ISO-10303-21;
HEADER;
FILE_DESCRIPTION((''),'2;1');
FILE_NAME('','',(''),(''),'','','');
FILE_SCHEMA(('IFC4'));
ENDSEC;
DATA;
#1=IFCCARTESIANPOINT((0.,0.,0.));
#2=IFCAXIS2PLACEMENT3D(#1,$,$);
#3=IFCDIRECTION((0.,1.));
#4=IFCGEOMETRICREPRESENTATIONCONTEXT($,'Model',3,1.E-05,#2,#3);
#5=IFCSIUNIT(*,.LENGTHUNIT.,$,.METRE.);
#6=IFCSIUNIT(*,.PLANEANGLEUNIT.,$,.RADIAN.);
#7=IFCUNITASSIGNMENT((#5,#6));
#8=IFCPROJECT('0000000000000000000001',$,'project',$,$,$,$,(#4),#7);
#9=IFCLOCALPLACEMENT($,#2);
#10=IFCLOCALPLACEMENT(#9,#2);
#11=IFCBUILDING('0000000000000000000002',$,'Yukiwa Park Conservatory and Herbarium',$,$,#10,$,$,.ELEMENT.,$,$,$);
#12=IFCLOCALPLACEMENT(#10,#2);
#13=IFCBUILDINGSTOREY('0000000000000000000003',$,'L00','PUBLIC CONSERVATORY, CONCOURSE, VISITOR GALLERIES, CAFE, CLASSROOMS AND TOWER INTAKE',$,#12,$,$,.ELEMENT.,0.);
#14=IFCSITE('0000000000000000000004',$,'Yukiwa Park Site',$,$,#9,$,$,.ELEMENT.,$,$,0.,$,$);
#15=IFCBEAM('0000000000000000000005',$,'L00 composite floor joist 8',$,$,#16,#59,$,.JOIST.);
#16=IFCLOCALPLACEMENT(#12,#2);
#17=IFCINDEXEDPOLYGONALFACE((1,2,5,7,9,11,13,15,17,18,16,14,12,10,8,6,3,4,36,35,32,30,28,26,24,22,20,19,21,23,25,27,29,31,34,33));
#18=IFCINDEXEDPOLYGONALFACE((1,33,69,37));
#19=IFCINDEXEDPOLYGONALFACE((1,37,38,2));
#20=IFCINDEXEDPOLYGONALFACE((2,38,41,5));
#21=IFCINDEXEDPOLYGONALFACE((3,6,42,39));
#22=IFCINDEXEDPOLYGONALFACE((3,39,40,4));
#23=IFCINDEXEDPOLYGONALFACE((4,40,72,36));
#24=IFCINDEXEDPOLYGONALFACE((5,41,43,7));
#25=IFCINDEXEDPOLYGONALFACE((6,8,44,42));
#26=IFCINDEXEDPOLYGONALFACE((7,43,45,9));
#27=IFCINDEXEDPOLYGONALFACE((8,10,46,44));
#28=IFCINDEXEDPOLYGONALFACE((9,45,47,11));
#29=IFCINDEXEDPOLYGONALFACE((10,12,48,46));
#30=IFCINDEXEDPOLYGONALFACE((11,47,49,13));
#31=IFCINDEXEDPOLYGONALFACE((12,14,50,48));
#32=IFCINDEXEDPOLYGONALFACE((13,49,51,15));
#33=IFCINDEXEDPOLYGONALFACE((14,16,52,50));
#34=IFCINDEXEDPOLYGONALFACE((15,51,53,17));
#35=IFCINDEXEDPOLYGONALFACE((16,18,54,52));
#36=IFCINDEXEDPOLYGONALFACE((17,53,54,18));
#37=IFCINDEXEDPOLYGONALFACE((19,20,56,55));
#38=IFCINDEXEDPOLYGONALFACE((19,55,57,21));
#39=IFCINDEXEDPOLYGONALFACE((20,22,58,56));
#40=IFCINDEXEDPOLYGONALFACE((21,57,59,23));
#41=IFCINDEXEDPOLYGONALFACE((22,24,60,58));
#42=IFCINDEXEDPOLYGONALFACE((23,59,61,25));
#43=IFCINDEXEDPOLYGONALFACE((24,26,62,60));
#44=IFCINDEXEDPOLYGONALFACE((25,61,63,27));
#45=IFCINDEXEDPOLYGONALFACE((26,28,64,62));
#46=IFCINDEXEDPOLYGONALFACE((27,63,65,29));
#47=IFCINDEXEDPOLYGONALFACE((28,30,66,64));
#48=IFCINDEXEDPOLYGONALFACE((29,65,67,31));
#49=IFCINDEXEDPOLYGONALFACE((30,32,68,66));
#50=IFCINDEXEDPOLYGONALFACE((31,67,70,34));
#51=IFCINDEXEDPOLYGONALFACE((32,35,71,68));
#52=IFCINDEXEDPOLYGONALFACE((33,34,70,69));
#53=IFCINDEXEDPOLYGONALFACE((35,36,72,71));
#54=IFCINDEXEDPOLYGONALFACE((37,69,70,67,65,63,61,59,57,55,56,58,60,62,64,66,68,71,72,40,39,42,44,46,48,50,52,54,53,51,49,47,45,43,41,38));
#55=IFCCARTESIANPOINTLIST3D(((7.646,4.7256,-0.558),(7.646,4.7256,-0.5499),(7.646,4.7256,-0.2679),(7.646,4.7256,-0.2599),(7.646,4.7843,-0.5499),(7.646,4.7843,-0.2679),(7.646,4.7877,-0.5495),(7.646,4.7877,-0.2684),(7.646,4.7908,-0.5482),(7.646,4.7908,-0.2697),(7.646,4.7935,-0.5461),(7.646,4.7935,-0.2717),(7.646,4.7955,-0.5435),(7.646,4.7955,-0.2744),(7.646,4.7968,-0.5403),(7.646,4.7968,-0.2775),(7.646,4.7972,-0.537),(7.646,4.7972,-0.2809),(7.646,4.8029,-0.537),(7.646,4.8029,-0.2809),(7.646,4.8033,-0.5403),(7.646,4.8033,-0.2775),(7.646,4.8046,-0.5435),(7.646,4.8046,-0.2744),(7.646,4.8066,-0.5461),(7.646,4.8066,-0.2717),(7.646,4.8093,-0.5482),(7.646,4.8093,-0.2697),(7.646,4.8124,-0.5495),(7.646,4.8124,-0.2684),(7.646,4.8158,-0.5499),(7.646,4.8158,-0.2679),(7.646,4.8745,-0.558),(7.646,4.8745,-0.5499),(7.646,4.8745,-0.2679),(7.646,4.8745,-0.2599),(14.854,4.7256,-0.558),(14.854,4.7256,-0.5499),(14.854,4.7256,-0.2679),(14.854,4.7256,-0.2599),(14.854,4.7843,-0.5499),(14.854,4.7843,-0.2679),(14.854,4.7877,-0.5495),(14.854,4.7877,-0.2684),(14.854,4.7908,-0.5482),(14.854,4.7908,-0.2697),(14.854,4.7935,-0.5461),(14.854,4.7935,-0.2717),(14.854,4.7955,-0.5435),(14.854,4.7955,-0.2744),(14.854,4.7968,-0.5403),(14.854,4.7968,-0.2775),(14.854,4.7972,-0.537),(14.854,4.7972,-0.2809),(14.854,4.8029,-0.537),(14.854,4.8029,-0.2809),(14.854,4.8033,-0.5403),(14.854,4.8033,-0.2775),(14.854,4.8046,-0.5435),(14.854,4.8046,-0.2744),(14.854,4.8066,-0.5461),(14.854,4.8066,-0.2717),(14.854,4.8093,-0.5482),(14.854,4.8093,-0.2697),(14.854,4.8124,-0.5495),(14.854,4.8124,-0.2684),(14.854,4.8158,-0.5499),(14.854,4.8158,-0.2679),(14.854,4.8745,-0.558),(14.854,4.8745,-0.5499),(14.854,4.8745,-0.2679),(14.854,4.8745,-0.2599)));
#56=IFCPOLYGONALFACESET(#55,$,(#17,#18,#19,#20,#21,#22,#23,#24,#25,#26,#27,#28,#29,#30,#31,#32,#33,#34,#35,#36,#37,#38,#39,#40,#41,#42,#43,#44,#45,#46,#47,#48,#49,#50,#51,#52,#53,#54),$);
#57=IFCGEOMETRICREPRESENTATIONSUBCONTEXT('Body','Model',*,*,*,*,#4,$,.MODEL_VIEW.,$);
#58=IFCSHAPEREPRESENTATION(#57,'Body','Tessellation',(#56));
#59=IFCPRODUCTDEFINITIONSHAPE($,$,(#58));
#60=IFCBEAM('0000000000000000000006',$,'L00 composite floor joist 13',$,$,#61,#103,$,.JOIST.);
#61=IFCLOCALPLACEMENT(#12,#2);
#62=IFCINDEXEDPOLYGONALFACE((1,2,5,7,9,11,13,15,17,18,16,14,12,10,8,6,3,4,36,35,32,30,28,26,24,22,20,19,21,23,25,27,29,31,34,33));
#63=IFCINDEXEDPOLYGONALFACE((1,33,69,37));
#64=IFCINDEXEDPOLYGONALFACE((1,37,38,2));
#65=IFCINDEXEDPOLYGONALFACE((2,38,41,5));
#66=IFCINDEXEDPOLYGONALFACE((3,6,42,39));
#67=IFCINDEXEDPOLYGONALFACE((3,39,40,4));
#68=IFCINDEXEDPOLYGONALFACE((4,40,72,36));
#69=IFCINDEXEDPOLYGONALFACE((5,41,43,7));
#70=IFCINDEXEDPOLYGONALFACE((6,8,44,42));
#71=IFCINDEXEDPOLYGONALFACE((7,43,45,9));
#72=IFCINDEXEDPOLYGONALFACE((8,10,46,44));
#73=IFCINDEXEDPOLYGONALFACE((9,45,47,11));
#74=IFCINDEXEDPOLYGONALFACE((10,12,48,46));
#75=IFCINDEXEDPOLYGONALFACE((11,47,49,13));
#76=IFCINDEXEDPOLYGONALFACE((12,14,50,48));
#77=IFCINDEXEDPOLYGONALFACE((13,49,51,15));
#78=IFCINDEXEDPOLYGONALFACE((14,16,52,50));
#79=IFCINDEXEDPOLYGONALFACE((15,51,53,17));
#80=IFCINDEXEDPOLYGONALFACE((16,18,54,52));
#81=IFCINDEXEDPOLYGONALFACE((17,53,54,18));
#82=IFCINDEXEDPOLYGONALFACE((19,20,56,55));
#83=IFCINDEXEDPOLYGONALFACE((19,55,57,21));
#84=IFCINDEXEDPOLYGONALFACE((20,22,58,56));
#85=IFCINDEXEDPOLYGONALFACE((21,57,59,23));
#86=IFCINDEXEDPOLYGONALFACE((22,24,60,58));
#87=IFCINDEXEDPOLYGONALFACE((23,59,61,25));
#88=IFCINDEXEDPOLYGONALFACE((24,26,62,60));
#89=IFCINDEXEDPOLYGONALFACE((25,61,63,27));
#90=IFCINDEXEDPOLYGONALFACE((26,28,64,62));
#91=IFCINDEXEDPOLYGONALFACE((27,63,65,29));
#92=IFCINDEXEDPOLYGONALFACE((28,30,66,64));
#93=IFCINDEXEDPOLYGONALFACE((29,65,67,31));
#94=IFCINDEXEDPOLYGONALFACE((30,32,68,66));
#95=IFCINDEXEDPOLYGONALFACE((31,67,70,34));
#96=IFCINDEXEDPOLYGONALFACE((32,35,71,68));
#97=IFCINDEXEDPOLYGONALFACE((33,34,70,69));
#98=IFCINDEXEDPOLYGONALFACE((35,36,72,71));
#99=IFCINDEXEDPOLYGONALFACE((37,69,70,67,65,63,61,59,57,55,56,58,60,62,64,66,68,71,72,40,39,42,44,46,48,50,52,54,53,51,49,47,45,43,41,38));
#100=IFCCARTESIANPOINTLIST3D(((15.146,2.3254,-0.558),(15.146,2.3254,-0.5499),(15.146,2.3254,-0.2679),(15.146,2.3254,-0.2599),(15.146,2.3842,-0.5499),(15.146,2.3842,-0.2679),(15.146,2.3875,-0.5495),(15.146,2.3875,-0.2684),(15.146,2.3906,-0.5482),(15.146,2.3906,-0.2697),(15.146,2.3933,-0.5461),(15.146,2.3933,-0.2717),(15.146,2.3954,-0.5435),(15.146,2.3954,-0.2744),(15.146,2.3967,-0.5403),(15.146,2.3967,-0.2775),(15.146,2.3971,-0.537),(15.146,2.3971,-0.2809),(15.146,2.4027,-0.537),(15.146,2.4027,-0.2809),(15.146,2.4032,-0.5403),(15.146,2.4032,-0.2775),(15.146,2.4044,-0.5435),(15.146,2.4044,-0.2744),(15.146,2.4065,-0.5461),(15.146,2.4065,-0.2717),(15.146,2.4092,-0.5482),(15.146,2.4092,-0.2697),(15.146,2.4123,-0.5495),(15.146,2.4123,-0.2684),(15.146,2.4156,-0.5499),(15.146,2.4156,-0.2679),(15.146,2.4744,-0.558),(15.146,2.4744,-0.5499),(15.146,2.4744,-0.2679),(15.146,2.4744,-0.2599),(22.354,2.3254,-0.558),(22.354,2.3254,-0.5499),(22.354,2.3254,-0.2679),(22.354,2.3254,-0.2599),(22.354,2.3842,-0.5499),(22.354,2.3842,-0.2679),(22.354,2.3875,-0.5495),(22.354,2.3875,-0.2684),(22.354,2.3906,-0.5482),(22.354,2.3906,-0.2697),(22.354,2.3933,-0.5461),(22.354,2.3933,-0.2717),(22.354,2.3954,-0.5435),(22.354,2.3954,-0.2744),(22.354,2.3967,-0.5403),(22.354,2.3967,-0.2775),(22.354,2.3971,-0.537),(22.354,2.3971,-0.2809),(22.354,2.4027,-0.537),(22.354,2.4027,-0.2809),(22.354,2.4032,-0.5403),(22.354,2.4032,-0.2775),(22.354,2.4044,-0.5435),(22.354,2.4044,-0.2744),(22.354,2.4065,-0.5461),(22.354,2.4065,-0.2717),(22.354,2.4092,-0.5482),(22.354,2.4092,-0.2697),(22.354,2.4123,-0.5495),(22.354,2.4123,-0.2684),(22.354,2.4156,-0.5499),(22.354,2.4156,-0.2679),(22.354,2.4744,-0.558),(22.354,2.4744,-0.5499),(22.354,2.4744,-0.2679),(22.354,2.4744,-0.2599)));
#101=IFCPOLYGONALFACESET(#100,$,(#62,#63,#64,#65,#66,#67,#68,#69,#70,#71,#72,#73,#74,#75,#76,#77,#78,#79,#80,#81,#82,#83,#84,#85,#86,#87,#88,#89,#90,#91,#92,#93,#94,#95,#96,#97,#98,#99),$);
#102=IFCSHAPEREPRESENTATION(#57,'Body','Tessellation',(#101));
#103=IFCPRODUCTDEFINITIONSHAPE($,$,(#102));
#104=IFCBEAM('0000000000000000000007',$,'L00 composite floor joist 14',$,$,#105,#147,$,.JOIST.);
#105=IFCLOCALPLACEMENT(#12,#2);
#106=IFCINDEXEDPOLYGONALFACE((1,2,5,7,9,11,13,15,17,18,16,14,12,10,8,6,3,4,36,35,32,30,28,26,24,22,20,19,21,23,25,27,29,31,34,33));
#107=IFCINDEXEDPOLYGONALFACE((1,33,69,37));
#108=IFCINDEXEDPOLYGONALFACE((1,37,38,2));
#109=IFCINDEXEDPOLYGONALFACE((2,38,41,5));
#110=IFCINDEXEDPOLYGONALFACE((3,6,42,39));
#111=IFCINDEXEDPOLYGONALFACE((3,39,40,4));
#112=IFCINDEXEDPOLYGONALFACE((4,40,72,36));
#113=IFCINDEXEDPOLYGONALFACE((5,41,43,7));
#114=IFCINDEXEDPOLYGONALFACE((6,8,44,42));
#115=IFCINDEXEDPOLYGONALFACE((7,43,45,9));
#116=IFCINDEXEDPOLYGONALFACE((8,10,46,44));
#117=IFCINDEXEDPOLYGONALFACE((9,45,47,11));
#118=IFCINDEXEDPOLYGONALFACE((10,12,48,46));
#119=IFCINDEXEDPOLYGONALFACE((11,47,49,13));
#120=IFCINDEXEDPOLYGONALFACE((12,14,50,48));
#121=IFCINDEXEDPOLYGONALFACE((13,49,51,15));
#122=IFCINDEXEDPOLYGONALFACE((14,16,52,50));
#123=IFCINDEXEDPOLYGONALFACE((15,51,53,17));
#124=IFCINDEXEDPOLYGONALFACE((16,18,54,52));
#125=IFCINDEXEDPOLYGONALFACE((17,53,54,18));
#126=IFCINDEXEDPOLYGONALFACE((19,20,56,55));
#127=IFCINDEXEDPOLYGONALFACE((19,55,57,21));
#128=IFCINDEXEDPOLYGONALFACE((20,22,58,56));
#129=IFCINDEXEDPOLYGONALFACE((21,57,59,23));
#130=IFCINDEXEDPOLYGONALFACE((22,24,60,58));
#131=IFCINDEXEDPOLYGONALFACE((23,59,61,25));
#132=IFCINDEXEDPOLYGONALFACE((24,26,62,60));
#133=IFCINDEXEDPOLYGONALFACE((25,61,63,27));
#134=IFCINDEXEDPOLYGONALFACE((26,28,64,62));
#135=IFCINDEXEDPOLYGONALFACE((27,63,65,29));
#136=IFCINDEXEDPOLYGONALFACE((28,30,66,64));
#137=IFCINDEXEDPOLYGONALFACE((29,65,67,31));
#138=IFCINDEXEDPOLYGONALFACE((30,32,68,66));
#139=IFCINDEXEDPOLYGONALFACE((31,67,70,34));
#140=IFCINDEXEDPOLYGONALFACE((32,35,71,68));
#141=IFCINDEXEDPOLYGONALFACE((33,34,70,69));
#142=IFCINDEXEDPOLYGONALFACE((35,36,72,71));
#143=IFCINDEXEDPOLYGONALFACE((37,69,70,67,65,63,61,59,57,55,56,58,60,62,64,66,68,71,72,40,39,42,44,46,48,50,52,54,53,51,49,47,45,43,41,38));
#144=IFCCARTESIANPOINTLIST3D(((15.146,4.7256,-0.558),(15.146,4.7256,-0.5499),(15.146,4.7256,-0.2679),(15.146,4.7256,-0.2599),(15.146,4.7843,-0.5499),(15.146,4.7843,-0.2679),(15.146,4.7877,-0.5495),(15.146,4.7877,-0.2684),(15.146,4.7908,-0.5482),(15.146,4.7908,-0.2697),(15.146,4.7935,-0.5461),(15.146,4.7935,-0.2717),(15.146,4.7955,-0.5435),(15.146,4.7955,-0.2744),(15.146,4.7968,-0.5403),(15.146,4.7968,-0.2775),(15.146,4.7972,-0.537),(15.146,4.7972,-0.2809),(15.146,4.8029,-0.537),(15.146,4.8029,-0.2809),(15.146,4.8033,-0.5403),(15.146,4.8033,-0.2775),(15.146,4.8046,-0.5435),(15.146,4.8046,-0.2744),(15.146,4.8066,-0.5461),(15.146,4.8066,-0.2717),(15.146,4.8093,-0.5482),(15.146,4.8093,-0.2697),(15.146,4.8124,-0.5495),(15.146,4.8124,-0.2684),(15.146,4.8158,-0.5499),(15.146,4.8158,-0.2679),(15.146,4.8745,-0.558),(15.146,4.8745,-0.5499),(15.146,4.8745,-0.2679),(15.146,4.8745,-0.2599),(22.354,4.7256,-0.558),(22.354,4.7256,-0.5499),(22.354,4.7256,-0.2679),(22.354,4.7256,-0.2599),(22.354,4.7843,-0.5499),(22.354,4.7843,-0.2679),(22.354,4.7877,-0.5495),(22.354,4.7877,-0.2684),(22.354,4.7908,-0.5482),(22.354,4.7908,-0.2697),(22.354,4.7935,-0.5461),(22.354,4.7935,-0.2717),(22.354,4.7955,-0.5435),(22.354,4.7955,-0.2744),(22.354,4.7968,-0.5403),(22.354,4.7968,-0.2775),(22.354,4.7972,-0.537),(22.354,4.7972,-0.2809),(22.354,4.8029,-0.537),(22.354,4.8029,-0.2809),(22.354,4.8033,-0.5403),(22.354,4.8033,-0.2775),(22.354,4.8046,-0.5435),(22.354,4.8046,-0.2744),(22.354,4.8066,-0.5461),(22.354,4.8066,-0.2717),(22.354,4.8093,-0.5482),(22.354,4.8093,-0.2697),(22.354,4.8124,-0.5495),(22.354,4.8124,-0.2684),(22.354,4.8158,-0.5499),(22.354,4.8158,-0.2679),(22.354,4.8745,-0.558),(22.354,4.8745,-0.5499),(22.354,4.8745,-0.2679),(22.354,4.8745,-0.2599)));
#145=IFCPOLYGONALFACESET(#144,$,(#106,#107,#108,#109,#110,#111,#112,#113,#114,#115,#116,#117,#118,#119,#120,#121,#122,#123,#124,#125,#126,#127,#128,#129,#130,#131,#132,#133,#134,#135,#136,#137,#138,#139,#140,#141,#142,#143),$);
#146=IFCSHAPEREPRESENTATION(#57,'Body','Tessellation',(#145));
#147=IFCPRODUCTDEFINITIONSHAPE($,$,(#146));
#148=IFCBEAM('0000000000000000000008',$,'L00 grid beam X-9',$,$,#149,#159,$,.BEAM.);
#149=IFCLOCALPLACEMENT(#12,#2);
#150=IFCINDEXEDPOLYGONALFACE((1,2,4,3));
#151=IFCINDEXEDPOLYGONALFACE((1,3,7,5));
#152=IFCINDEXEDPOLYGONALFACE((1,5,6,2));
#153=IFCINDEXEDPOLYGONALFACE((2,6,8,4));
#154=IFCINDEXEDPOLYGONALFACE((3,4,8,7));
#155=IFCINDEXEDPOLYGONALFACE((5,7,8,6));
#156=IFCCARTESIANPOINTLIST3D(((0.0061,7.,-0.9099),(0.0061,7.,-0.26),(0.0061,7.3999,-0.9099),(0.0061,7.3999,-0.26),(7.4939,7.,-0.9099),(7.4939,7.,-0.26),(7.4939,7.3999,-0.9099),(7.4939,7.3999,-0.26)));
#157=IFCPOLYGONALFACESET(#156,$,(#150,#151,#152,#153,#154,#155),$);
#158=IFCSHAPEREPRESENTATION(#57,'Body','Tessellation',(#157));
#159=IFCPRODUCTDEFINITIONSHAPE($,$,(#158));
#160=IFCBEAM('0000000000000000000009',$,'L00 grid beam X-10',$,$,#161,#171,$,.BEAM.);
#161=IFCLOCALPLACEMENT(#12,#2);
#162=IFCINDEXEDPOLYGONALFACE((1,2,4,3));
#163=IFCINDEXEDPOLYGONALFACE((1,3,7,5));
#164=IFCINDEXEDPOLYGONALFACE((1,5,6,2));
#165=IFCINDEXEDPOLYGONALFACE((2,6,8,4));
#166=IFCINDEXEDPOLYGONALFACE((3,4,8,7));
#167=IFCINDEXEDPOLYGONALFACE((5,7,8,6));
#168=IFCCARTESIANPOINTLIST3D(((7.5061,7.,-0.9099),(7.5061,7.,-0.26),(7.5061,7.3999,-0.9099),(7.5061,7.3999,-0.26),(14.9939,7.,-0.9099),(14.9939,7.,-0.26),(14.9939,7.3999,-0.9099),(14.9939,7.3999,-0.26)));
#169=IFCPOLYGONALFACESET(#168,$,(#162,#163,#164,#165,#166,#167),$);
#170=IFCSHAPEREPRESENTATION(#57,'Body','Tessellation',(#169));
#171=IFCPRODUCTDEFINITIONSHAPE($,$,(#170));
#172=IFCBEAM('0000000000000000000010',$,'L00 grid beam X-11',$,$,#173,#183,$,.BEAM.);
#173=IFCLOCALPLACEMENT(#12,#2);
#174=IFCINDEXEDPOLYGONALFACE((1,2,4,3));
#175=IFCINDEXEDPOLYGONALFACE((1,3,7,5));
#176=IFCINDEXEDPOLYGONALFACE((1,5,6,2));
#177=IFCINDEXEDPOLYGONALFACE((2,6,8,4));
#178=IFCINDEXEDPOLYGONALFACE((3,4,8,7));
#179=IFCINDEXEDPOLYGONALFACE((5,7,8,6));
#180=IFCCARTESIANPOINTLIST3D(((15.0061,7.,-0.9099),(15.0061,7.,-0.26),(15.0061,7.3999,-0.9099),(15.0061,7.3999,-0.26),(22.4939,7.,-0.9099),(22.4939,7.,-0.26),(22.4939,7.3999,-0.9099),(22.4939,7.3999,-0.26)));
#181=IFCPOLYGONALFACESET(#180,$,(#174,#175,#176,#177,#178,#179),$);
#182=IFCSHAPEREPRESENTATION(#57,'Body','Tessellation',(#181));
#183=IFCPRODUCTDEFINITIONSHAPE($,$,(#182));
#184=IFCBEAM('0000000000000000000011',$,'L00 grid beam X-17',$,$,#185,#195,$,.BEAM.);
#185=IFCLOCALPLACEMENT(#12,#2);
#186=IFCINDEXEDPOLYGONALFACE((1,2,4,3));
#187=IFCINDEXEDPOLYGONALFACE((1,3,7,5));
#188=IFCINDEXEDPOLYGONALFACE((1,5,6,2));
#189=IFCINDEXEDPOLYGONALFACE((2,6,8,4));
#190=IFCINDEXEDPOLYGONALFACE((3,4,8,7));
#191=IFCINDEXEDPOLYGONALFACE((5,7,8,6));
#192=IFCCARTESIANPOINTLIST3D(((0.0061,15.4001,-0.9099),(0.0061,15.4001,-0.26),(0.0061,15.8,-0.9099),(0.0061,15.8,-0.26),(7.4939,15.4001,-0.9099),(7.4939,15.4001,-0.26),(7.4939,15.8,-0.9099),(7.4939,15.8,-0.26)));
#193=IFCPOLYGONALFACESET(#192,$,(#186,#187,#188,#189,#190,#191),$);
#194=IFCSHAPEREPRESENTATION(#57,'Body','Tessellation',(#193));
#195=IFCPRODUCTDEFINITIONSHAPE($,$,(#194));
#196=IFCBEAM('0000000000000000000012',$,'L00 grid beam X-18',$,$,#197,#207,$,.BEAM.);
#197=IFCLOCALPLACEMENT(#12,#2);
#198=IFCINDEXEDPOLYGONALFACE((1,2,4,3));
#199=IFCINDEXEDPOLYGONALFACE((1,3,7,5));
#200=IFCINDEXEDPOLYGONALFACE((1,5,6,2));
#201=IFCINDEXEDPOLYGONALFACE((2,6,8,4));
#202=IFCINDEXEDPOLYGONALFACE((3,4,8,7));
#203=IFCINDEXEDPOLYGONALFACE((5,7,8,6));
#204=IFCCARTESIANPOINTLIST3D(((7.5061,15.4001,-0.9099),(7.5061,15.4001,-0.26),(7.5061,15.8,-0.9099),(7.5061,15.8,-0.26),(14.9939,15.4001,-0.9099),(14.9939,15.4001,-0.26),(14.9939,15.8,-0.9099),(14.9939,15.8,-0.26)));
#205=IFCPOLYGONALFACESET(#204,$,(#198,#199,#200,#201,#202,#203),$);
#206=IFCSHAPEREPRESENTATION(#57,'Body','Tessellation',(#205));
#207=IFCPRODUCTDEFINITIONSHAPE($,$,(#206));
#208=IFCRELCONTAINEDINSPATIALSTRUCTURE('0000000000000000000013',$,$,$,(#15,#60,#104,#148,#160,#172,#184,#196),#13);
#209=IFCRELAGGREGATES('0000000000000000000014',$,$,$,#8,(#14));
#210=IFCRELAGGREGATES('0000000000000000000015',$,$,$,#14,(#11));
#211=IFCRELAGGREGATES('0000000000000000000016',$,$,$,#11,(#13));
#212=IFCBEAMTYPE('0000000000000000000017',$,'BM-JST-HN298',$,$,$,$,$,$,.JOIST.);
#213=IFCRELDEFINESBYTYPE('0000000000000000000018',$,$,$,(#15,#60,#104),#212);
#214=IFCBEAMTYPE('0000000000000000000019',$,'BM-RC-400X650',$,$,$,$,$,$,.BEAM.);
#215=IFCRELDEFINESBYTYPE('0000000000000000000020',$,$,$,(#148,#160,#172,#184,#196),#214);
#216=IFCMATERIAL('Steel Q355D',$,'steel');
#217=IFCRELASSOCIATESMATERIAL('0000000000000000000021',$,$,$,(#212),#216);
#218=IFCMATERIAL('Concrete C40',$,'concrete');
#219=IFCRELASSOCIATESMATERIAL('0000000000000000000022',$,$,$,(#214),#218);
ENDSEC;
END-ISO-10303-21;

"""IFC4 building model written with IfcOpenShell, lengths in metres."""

from ifc_helpers import new_model, si_unit, direction, frame, origin, origin_2d, place, context, subcontext, project, spatial, rectangle, i_section, extrude, material, material_profile, profile_set, type_object, element, save


model = new_model("IFC4")

# Units and contexts
model_context = context("Model", 3, precision=1e-05, world=origin(), true_north=direction((0.0, 1.0)))
body_context = subcontext(model_context, "Body", "Model", "MODEL_VIEW")
ifc_project = project(units=[si_unit("LENGTHUNIT", "METRE"), si_unit("PLANEANGLEUNIT", "RADIAN")], contexts=[model_context])

# Site, building, storey
site_placement = place(None, origin())
site = spatial("IfcSite", under=ifc_project, at=site_placement, Name="Yukiwa Park Site", CompositionType="ELEMENT", RefElevation=0.0)
building_placement = place(site_placement, origin())
building = spatial("IfcBuilding", under=site, at=building_placement, Name="Yukiwa Park Conservatory and Herbarium", CompositionType="ELEMENT")
storey_placement = place(building_placement, origin())
storey = spatial("IfcBuildingStorey", under=building, at=storey_placement, Name="L00", Description="PUBLIC CONSERVATORY, CONCOURSE, VISITOR GALLERIES, CAFE, CLASSROOMS AND TOWER INTAKE", CompositionType="ELEMENT", Elevation=0.0)

# Beams
ifc_material_1 = material(Name="Steel Q355D", Category="steel")
ifc_material_profile_1 = material_profile(ifc_material_1, i_section(OverallWidth=0.1489, OverallDepth=0.2981, WebThickness=0.0056, FlangeThickness=0.0081, FilletRadius=0.0129, at=origin_2d()), Name="HN 298x149x5.5x8")
ifc_profile_set_1 = profile_set([ifc_material_profile_1], Name="Steel Q355D")
beam_type_1 = type_object("IfcBeamType", Name="BM-JST-HN298", PredefinedType="JOIST", material=ifc_profile_set_1)
for number, where, z_axis, x_axis, name in (
    (1, (7.646, 4.8, -0.4089), (1.0, 0.0, 0.0), (0.0, 1.0, 0.0), "L00 composite floor joist 8"),
    (2, (15.146, 2.3999, -0.4089), (1.0, 0.0, 0.0), (0.0, 1.0, 0.0), "L00 composite floor joist 13"),
    (3, (15.146, 4.8, -0.4089), (1.0, 0.0, 0.0), (0.0, 1.0, 0.0), "L00 composite floor joist 14"),
):
    element("IfcBeam", number, at=place(storey_placement, frame(where, z_axis=z_axis, x_axis=x_axis)), inside=storey, type_object=beam_type_1, Name=name, PredefinedType="JOIST", context=body_context, shape_type="SweptSolid", body=[
        extrude(i_section(OverallWidth=0.1489, OverallDepth=0.2981, WebThickness=0.0056, FlangeThickness=0.0081, FilletRadius=0.0129, at=origin_2d()), origin(), (0.0, 0.0, 1.0), 7.208),
    ])
ifc_material_2 = material(Name="Concrete C40", Category="concrete")
ifc_material_profile_2 = material_profile(ifc_material_2, rectangle(XDim=0.3999, YDim=0.6499, at=origin_2d()), Name="RC 400x650")
ifc_profile_set_2 = profile_set([ifc_material_profile_2], Name="Concrete C40")
beam_type_2 = type_object("IfcBeamType", Name="BM-RC-400X650", PredefinedType="BEAM", material=ifc_profile_set_2)
for number, where, z_axis, x_axis, name in (
    (4, (0.0061, 7.2, -0.585), (1.0, 0.0, 0.0), (0.0, 1.0, 0.0), "L00 grid beam X-9"),
    (5, (7.5061, 7.2, -0.585), (1.0, 0.0, 0.0), (0.0, 1.0, 0.0), "L00 grid beam X-10"),
    (6, (15.0061, 7.2, -0.585), (1.0, 0.0, 0.0), (0.0, 1.0, 0.0), "L00 grid beam X-11"),
    (7, (0.0061, 15.6001, -0.585), (1.0, 0.0, 0.0), (0.0, 1.0, 0.0), "L00 grid beam X-17"),
    (8, (7.5061, 15.6001, -0.585), (1.0, 0.0, 0.0), (0.0, 1.0, 0.0), "L00 grid beam X-18"),
):
    element("IfcBeam", number, at=place(storey_placement, frame(where, z_axis=z_axis, x_axis=x_axis)), inside=storey, type_object=beam_type_2, Name=name, PredefinedType="BEAM", context=body_context, shape_type="SweptSolid", body=[
        extrude(rectangle(XDim=0.3999, YDim=0.6499, at=origin_2d()), origin(), (0.0, 0.0, 1.0), 7.4878),
    ])

save(model, "model.ifc")
